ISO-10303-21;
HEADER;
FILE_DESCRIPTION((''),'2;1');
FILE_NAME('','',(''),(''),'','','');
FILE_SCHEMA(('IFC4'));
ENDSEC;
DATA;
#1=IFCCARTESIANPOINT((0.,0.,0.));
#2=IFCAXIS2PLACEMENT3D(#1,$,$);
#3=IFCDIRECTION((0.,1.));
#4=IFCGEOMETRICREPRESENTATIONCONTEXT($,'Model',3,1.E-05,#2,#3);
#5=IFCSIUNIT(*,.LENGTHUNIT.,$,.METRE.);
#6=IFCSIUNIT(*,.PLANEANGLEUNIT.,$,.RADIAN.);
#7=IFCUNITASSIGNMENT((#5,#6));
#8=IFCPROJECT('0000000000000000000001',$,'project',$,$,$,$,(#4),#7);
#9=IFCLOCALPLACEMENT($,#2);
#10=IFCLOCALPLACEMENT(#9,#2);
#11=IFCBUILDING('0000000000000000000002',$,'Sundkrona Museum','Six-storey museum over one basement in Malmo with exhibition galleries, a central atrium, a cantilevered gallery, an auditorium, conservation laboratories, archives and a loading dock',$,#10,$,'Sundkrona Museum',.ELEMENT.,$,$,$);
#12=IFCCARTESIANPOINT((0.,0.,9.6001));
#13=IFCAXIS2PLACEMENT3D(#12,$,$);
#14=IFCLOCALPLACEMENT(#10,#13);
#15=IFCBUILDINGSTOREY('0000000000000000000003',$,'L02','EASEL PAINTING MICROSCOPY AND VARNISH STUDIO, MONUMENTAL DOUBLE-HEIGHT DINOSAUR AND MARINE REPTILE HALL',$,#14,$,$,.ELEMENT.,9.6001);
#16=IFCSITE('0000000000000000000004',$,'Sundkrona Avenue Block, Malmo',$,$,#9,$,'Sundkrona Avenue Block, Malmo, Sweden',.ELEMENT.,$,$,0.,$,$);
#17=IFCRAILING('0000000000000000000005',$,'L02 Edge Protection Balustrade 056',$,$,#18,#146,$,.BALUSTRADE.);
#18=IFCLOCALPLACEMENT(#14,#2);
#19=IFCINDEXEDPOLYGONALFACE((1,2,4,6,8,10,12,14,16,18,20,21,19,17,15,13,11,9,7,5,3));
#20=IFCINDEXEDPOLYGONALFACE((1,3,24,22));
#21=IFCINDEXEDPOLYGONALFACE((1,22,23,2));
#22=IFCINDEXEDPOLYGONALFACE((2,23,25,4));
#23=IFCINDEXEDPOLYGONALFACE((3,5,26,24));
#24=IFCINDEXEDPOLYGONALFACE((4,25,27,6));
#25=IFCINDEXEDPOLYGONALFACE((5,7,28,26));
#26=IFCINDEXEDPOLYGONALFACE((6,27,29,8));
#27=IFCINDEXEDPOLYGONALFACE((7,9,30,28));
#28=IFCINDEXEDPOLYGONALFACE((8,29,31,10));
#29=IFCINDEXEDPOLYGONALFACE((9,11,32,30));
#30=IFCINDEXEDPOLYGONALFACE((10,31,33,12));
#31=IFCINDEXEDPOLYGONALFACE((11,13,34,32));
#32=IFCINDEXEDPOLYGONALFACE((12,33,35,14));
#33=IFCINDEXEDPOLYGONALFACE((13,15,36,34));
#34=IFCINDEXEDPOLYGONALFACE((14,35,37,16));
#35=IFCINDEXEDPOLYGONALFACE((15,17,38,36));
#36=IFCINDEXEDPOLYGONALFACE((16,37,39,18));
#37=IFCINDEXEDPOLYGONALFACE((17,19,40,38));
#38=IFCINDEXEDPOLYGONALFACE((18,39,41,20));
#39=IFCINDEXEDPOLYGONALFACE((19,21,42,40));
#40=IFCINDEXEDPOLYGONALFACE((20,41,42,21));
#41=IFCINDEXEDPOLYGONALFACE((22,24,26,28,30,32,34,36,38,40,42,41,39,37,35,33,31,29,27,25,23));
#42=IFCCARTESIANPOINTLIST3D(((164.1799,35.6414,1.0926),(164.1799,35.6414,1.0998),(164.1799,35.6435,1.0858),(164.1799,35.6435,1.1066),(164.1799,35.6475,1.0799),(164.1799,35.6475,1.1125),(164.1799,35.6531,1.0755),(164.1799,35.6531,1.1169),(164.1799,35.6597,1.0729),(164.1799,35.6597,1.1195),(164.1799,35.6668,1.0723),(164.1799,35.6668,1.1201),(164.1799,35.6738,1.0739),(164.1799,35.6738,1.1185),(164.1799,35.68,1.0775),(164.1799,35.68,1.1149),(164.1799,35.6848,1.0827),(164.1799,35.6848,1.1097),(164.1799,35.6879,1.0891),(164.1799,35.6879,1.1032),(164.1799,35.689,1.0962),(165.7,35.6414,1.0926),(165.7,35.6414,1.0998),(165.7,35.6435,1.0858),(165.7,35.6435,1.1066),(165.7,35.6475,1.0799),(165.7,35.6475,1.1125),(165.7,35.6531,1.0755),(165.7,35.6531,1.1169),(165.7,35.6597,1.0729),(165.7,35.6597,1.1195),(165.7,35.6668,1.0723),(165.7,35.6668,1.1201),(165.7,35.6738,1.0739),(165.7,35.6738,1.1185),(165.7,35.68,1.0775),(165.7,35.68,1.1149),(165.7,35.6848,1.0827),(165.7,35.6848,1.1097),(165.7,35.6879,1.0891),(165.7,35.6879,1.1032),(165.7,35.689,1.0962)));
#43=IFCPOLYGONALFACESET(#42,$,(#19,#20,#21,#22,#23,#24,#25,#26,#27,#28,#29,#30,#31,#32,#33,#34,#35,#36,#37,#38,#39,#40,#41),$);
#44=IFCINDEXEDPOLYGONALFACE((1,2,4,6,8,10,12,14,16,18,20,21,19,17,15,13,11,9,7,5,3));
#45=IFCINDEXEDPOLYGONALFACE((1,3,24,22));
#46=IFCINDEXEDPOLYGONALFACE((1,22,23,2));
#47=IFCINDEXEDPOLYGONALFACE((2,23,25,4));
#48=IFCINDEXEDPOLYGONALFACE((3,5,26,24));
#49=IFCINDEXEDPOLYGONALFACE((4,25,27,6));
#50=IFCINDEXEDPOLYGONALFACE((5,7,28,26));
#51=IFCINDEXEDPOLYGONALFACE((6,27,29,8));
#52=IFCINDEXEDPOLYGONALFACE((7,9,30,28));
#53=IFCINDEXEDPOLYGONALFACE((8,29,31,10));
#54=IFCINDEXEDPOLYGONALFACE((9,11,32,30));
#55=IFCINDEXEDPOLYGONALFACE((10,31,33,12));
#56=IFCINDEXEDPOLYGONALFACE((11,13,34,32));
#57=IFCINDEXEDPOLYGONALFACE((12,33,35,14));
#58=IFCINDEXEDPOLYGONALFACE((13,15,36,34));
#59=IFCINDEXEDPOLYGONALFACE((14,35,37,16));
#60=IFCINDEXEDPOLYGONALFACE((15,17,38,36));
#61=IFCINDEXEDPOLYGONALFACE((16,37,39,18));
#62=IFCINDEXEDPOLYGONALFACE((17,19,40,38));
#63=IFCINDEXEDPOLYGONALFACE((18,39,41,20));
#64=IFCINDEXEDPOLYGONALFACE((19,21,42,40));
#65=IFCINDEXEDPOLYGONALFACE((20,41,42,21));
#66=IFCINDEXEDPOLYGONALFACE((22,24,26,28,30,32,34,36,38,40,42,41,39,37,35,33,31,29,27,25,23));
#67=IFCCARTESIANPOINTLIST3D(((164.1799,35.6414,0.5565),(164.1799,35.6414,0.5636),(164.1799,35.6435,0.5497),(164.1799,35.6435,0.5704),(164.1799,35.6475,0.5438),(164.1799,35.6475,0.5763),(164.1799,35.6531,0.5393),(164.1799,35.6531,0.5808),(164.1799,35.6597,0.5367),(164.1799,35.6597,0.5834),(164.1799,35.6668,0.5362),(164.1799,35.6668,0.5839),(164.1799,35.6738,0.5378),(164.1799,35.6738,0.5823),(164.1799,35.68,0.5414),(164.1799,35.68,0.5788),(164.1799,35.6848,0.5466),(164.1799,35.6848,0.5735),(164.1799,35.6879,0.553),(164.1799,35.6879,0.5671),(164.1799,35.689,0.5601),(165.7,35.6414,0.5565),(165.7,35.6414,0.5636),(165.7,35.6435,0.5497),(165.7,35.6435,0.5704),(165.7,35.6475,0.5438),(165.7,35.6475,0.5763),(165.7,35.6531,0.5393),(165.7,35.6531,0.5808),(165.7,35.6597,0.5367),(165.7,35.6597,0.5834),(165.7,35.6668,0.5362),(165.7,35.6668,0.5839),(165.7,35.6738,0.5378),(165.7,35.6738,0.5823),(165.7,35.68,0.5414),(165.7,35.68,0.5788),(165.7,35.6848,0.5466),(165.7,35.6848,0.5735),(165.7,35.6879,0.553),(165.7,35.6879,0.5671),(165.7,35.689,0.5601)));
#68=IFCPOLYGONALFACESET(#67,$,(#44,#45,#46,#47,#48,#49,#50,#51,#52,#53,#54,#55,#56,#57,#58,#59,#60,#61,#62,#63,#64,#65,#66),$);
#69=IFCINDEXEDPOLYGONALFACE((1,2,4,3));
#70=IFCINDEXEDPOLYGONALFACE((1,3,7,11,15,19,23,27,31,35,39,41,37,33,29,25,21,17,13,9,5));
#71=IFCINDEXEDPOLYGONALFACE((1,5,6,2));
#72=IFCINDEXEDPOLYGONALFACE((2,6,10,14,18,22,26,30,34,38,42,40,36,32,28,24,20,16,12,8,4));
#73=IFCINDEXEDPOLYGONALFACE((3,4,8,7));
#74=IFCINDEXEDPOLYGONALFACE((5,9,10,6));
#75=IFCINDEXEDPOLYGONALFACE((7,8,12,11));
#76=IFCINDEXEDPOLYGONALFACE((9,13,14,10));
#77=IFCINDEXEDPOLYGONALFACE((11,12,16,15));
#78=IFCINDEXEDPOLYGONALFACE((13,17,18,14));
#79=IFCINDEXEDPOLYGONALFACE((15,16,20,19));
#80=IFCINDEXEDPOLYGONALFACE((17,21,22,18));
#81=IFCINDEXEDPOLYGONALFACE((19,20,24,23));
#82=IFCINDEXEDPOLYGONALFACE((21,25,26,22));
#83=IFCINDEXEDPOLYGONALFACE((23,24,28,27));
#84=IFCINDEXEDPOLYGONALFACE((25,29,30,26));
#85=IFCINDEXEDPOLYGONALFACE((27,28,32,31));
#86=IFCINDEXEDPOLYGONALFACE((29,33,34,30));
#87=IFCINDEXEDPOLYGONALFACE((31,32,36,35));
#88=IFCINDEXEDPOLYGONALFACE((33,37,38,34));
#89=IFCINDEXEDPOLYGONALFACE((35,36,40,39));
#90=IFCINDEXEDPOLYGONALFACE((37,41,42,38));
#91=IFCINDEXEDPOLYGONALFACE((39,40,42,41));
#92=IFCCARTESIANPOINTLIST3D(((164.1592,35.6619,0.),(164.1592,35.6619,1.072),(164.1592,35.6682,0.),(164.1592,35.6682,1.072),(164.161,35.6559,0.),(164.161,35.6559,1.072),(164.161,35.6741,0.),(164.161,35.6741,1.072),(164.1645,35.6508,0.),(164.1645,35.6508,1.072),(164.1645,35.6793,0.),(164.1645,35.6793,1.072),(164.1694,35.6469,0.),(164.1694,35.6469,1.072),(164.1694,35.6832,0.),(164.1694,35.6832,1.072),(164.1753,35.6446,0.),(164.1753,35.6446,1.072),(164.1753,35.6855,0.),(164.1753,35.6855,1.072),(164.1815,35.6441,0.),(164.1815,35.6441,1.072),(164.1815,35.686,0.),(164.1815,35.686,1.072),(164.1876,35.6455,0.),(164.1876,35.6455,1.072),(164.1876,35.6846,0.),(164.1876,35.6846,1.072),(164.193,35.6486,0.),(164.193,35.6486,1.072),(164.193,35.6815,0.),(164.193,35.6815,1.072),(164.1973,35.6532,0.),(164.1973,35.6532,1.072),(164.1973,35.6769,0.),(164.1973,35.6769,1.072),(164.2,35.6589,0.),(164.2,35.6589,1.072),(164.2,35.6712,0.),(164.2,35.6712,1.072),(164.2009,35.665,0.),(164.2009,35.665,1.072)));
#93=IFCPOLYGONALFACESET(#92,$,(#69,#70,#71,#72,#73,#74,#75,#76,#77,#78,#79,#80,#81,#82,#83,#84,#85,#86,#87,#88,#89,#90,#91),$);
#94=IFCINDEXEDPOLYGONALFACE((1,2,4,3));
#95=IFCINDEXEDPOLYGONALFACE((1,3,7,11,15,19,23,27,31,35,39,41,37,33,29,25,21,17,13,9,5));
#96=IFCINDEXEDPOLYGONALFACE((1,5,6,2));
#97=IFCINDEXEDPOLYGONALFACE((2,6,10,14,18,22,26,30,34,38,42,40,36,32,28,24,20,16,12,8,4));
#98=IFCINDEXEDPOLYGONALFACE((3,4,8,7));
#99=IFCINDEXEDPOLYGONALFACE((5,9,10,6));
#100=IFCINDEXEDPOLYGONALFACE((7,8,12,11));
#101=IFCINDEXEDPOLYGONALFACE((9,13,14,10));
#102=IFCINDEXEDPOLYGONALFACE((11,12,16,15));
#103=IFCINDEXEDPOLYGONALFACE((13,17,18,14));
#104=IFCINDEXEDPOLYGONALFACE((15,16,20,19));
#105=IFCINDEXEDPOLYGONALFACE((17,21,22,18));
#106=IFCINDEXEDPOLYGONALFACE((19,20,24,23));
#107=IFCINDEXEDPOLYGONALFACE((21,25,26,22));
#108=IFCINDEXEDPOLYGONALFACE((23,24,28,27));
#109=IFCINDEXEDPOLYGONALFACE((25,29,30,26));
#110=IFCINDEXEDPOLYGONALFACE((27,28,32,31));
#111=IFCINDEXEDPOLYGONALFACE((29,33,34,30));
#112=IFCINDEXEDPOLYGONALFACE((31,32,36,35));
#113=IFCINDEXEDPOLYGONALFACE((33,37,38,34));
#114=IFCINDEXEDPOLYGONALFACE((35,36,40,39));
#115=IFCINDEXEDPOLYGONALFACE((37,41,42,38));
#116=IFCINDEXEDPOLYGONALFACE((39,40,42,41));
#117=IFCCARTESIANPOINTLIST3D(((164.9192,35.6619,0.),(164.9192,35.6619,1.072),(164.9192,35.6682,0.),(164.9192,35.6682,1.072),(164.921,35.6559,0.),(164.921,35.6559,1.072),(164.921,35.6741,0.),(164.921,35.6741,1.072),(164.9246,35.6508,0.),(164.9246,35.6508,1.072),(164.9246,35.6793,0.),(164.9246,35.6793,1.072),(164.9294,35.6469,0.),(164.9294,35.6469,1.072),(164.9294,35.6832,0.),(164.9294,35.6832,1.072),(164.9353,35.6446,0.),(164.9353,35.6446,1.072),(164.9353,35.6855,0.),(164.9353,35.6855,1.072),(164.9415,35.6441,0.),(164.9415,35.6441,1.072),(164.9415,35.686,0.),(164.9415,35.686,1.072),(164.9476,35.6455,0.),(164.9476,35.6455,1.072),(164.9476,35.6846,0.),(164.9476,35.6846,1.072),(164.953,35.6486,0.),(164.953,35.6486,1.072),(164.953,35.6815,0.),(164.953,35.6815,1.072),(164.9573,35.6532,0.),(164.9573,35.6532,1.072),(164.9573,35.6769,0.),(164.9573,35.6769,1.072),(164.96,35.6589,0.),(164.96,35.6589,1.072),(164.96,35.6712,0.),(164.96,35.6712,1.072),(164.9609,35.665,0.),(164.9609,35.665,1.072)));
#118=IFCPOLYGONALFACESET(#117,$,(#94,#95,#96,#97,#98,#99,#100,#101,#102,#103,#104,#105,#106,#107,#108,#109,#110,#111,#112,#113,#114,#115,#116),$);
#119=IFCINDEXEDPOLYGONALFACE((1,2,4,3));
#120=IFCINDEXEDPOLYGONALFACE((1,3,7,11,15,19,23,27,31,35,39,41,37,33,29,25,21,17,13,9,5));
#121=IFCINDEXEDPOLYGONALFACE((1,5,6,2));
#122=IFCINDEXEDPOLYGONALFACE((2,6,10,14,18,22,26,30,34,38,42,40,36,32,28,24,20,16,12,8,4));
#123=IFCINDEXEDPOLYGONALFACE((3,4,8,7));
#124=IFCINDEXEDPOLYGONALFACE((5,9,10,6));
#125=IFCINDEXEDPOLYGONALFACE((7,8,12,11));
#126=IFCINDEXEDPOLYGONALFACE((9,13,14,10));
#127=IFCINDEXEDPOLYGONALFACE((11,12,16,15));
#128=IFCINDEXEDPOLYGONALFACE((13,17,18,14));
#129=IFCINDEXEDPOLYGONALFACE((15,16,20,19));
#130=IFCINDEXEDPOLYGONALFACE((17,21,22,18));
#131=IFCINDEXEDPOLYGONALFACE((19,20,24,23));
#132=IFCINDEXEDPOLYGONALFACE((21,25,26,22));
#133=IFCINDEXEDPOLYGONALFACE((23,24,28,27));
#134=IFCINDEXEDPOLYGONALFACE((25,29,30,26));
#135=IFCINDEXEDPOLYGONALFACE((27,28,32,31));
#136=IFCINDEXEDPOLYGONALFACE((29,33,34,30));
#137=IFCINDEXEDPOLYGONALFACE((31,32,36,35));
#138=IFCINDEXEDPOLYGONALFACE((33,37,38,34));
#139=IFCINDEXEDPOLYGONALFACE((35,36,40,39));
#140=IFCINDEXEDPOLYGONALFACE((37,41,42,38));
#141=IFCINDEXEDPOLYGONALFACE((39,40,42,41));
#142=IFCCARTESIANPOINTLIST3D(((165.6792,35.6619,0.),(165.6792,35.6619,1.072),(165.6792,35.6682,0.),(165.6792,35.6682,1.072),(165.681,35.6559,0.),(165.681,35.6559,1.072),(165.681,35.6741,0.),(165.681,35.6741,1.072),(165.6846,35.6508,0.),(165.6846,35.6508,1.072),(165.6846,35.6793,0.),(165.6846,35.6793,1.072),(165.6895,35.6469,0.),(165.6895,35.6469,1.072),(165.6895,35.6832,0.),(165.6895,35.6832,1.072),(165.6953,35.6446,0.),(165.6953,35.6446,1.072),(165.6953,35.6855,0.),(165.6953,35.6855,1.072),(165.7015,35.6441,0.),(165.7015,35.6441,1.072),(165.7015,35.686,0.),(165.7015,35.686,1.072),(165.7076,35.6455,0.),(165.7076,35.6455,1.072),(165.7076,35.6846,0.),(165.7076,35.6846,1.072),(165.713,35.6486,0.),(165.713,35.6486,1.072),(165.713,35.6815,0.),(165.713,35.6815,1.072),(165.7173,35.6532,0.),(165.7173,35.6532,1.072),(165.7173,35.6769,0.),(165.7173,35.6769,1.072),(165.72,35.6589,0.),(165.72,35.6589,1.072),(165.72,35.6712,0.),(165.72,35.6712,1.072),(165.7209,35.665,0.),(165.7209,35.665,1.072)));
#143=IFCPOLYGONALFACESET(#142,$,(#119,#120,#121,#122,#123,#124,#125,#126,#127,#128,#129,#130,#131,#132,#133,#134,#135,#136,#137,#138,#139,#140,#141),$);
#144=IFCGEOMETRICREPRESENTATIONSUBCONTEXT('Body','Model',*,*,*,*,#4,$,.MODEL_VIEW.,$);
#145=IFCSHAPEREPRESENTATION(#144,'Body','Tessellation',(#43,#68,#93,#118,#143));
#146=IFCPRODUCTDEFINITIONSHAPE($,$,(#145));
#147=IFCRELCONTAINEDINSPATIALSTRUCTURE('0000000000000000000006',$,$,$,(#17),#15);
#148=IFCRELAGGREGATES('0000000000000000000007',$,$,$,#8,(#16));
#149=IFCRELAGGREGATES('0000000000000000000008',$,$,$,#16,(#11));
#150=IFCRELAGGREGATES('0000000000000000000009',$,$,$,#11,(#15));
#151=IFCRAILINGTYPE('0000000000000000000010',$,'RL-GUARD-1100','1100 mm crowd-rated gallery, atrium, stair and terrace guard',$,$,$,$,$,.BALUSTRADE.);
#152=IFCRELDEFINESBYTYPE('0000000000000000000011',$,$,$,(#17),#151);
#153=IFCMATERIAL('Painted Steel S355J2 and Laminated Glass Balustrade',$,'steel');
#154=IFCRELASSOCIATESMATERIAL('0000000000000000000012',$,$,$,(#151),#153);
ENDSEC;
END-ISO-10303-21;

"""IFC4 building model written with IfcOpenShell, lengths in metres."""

from ifc_helpers import new_model, si_unit, direction, frame, origin, origin_2d, place, context, subcontext, project, spatial, circle, extrude, material, type_object, element, save


model = new_model("IFC4")

# Units and contexts
model_context = context("Model", 3, precision=1e-05, world=origin(), true_north=direction((0.0, 1.0)))
body_context = subcontext(model_context, "Body", "Model", "MODEL_VIEW")
ifc_project = project(units=[si_unit("LENGTHUNIT", "METRE"), si_unit("PLANEANGLEUNIT", "RADIAN")], contexts=[model_context])

# Site, building, storey
site_placement = place(None, origin())
site = spatial("IfcSite", under=ifc_project, at=site_placement, Name="Sundkrona Avenue Block, Malmo", LongName="Sundkrona Avenue Block, Malmo, Sweden", CompositionType="ELEMENT", RefElevation=0.0)
building_placement = place(site_placement, origin())
building = spatial("IfcBuilding", under=site, at=building_placement, Name="Sundkrona Museum", Description="Six-storey museum over one basement in Malmo with exhibition galleries, a central atrium, a cantilevered gallery, an auditorium, conservation laboratories, archives and a loading dock", LongName="Sundkrona Museum", CompositionType="ELEMENT")
storey_placement = place(building_placement, frame((0.0, 0.0, 9.6001)))
storey = spatial("IfcBuildingStorey", under=building, at=storey_placement, Name="L02", Description="EASEL PAINTING MICROSCOPY AND VARNISH STUDIO, MONUMENTAL DOUBLE-HEIGHT DINOSAUR AND MARINE REPTILE HALL", CompositionType="ELEMENT", Elevation=9.6001)

# Railing
ifc_material_1 = material(Name="Painted Steel S355J2 and Laminated Glass Balustrade", Category="steel")
railing_type_1 = type_object("IfcRailingType", Name="RL-GUARD-1100", Description="1100 mm crowd-rated gallery, atrium, stair and terrace guard", PredefinedType="BALUSTRADE", material=ifc_material_1)
for number, where, name in (
    (1, (164.1799, 35.665, 0.0), "L02 Edge Protection Balustrade 056"),
):
    element("IfcRailing", number, at=place(storey_placement, frame(where)), inside=storey, type_object=railing_type_1, Name=name, PredefinedType="BALUSTRADE", context=body_context, shape_type="SweptSolid", body=[
        extrude(circle(Radius=0.0239, at=origin_2d()), frame((0.0, 0.0, 1.0962), z_axis=(1.0, 0.0, 0.0), x_axis=(0.0, 1.0, 0.0)), (0.0, 0.0, 1.0), 1.52),
        extrude(circle(Radius=0.0239, at=origin_2d()), frame((0.0, 0.0, 0.5601), z_axis=(1.0, 0.0, 0.0), x_axis=(0.0, 1.0, 0.0)), (0.0, 0.0, 1.0), 1.52),
        extrude(circle(Radius=0.021, at=origin_2d()), origin(), (0.0, 0.0, 1.0), 1.072),
        extrude(circle(Radius=0.021, at=origin_2d()), frame((0.76, 0.0, 0.0)), (0.0, 0.0, 1.0), 1.072),
        extrude(circle(Radius=0.021, at=origin_2d()), frame((1.52, 0.0, 0.0)), (0.0, 0.0, 1.0), 1.072),
    ])

save(model, "model.ifc")
